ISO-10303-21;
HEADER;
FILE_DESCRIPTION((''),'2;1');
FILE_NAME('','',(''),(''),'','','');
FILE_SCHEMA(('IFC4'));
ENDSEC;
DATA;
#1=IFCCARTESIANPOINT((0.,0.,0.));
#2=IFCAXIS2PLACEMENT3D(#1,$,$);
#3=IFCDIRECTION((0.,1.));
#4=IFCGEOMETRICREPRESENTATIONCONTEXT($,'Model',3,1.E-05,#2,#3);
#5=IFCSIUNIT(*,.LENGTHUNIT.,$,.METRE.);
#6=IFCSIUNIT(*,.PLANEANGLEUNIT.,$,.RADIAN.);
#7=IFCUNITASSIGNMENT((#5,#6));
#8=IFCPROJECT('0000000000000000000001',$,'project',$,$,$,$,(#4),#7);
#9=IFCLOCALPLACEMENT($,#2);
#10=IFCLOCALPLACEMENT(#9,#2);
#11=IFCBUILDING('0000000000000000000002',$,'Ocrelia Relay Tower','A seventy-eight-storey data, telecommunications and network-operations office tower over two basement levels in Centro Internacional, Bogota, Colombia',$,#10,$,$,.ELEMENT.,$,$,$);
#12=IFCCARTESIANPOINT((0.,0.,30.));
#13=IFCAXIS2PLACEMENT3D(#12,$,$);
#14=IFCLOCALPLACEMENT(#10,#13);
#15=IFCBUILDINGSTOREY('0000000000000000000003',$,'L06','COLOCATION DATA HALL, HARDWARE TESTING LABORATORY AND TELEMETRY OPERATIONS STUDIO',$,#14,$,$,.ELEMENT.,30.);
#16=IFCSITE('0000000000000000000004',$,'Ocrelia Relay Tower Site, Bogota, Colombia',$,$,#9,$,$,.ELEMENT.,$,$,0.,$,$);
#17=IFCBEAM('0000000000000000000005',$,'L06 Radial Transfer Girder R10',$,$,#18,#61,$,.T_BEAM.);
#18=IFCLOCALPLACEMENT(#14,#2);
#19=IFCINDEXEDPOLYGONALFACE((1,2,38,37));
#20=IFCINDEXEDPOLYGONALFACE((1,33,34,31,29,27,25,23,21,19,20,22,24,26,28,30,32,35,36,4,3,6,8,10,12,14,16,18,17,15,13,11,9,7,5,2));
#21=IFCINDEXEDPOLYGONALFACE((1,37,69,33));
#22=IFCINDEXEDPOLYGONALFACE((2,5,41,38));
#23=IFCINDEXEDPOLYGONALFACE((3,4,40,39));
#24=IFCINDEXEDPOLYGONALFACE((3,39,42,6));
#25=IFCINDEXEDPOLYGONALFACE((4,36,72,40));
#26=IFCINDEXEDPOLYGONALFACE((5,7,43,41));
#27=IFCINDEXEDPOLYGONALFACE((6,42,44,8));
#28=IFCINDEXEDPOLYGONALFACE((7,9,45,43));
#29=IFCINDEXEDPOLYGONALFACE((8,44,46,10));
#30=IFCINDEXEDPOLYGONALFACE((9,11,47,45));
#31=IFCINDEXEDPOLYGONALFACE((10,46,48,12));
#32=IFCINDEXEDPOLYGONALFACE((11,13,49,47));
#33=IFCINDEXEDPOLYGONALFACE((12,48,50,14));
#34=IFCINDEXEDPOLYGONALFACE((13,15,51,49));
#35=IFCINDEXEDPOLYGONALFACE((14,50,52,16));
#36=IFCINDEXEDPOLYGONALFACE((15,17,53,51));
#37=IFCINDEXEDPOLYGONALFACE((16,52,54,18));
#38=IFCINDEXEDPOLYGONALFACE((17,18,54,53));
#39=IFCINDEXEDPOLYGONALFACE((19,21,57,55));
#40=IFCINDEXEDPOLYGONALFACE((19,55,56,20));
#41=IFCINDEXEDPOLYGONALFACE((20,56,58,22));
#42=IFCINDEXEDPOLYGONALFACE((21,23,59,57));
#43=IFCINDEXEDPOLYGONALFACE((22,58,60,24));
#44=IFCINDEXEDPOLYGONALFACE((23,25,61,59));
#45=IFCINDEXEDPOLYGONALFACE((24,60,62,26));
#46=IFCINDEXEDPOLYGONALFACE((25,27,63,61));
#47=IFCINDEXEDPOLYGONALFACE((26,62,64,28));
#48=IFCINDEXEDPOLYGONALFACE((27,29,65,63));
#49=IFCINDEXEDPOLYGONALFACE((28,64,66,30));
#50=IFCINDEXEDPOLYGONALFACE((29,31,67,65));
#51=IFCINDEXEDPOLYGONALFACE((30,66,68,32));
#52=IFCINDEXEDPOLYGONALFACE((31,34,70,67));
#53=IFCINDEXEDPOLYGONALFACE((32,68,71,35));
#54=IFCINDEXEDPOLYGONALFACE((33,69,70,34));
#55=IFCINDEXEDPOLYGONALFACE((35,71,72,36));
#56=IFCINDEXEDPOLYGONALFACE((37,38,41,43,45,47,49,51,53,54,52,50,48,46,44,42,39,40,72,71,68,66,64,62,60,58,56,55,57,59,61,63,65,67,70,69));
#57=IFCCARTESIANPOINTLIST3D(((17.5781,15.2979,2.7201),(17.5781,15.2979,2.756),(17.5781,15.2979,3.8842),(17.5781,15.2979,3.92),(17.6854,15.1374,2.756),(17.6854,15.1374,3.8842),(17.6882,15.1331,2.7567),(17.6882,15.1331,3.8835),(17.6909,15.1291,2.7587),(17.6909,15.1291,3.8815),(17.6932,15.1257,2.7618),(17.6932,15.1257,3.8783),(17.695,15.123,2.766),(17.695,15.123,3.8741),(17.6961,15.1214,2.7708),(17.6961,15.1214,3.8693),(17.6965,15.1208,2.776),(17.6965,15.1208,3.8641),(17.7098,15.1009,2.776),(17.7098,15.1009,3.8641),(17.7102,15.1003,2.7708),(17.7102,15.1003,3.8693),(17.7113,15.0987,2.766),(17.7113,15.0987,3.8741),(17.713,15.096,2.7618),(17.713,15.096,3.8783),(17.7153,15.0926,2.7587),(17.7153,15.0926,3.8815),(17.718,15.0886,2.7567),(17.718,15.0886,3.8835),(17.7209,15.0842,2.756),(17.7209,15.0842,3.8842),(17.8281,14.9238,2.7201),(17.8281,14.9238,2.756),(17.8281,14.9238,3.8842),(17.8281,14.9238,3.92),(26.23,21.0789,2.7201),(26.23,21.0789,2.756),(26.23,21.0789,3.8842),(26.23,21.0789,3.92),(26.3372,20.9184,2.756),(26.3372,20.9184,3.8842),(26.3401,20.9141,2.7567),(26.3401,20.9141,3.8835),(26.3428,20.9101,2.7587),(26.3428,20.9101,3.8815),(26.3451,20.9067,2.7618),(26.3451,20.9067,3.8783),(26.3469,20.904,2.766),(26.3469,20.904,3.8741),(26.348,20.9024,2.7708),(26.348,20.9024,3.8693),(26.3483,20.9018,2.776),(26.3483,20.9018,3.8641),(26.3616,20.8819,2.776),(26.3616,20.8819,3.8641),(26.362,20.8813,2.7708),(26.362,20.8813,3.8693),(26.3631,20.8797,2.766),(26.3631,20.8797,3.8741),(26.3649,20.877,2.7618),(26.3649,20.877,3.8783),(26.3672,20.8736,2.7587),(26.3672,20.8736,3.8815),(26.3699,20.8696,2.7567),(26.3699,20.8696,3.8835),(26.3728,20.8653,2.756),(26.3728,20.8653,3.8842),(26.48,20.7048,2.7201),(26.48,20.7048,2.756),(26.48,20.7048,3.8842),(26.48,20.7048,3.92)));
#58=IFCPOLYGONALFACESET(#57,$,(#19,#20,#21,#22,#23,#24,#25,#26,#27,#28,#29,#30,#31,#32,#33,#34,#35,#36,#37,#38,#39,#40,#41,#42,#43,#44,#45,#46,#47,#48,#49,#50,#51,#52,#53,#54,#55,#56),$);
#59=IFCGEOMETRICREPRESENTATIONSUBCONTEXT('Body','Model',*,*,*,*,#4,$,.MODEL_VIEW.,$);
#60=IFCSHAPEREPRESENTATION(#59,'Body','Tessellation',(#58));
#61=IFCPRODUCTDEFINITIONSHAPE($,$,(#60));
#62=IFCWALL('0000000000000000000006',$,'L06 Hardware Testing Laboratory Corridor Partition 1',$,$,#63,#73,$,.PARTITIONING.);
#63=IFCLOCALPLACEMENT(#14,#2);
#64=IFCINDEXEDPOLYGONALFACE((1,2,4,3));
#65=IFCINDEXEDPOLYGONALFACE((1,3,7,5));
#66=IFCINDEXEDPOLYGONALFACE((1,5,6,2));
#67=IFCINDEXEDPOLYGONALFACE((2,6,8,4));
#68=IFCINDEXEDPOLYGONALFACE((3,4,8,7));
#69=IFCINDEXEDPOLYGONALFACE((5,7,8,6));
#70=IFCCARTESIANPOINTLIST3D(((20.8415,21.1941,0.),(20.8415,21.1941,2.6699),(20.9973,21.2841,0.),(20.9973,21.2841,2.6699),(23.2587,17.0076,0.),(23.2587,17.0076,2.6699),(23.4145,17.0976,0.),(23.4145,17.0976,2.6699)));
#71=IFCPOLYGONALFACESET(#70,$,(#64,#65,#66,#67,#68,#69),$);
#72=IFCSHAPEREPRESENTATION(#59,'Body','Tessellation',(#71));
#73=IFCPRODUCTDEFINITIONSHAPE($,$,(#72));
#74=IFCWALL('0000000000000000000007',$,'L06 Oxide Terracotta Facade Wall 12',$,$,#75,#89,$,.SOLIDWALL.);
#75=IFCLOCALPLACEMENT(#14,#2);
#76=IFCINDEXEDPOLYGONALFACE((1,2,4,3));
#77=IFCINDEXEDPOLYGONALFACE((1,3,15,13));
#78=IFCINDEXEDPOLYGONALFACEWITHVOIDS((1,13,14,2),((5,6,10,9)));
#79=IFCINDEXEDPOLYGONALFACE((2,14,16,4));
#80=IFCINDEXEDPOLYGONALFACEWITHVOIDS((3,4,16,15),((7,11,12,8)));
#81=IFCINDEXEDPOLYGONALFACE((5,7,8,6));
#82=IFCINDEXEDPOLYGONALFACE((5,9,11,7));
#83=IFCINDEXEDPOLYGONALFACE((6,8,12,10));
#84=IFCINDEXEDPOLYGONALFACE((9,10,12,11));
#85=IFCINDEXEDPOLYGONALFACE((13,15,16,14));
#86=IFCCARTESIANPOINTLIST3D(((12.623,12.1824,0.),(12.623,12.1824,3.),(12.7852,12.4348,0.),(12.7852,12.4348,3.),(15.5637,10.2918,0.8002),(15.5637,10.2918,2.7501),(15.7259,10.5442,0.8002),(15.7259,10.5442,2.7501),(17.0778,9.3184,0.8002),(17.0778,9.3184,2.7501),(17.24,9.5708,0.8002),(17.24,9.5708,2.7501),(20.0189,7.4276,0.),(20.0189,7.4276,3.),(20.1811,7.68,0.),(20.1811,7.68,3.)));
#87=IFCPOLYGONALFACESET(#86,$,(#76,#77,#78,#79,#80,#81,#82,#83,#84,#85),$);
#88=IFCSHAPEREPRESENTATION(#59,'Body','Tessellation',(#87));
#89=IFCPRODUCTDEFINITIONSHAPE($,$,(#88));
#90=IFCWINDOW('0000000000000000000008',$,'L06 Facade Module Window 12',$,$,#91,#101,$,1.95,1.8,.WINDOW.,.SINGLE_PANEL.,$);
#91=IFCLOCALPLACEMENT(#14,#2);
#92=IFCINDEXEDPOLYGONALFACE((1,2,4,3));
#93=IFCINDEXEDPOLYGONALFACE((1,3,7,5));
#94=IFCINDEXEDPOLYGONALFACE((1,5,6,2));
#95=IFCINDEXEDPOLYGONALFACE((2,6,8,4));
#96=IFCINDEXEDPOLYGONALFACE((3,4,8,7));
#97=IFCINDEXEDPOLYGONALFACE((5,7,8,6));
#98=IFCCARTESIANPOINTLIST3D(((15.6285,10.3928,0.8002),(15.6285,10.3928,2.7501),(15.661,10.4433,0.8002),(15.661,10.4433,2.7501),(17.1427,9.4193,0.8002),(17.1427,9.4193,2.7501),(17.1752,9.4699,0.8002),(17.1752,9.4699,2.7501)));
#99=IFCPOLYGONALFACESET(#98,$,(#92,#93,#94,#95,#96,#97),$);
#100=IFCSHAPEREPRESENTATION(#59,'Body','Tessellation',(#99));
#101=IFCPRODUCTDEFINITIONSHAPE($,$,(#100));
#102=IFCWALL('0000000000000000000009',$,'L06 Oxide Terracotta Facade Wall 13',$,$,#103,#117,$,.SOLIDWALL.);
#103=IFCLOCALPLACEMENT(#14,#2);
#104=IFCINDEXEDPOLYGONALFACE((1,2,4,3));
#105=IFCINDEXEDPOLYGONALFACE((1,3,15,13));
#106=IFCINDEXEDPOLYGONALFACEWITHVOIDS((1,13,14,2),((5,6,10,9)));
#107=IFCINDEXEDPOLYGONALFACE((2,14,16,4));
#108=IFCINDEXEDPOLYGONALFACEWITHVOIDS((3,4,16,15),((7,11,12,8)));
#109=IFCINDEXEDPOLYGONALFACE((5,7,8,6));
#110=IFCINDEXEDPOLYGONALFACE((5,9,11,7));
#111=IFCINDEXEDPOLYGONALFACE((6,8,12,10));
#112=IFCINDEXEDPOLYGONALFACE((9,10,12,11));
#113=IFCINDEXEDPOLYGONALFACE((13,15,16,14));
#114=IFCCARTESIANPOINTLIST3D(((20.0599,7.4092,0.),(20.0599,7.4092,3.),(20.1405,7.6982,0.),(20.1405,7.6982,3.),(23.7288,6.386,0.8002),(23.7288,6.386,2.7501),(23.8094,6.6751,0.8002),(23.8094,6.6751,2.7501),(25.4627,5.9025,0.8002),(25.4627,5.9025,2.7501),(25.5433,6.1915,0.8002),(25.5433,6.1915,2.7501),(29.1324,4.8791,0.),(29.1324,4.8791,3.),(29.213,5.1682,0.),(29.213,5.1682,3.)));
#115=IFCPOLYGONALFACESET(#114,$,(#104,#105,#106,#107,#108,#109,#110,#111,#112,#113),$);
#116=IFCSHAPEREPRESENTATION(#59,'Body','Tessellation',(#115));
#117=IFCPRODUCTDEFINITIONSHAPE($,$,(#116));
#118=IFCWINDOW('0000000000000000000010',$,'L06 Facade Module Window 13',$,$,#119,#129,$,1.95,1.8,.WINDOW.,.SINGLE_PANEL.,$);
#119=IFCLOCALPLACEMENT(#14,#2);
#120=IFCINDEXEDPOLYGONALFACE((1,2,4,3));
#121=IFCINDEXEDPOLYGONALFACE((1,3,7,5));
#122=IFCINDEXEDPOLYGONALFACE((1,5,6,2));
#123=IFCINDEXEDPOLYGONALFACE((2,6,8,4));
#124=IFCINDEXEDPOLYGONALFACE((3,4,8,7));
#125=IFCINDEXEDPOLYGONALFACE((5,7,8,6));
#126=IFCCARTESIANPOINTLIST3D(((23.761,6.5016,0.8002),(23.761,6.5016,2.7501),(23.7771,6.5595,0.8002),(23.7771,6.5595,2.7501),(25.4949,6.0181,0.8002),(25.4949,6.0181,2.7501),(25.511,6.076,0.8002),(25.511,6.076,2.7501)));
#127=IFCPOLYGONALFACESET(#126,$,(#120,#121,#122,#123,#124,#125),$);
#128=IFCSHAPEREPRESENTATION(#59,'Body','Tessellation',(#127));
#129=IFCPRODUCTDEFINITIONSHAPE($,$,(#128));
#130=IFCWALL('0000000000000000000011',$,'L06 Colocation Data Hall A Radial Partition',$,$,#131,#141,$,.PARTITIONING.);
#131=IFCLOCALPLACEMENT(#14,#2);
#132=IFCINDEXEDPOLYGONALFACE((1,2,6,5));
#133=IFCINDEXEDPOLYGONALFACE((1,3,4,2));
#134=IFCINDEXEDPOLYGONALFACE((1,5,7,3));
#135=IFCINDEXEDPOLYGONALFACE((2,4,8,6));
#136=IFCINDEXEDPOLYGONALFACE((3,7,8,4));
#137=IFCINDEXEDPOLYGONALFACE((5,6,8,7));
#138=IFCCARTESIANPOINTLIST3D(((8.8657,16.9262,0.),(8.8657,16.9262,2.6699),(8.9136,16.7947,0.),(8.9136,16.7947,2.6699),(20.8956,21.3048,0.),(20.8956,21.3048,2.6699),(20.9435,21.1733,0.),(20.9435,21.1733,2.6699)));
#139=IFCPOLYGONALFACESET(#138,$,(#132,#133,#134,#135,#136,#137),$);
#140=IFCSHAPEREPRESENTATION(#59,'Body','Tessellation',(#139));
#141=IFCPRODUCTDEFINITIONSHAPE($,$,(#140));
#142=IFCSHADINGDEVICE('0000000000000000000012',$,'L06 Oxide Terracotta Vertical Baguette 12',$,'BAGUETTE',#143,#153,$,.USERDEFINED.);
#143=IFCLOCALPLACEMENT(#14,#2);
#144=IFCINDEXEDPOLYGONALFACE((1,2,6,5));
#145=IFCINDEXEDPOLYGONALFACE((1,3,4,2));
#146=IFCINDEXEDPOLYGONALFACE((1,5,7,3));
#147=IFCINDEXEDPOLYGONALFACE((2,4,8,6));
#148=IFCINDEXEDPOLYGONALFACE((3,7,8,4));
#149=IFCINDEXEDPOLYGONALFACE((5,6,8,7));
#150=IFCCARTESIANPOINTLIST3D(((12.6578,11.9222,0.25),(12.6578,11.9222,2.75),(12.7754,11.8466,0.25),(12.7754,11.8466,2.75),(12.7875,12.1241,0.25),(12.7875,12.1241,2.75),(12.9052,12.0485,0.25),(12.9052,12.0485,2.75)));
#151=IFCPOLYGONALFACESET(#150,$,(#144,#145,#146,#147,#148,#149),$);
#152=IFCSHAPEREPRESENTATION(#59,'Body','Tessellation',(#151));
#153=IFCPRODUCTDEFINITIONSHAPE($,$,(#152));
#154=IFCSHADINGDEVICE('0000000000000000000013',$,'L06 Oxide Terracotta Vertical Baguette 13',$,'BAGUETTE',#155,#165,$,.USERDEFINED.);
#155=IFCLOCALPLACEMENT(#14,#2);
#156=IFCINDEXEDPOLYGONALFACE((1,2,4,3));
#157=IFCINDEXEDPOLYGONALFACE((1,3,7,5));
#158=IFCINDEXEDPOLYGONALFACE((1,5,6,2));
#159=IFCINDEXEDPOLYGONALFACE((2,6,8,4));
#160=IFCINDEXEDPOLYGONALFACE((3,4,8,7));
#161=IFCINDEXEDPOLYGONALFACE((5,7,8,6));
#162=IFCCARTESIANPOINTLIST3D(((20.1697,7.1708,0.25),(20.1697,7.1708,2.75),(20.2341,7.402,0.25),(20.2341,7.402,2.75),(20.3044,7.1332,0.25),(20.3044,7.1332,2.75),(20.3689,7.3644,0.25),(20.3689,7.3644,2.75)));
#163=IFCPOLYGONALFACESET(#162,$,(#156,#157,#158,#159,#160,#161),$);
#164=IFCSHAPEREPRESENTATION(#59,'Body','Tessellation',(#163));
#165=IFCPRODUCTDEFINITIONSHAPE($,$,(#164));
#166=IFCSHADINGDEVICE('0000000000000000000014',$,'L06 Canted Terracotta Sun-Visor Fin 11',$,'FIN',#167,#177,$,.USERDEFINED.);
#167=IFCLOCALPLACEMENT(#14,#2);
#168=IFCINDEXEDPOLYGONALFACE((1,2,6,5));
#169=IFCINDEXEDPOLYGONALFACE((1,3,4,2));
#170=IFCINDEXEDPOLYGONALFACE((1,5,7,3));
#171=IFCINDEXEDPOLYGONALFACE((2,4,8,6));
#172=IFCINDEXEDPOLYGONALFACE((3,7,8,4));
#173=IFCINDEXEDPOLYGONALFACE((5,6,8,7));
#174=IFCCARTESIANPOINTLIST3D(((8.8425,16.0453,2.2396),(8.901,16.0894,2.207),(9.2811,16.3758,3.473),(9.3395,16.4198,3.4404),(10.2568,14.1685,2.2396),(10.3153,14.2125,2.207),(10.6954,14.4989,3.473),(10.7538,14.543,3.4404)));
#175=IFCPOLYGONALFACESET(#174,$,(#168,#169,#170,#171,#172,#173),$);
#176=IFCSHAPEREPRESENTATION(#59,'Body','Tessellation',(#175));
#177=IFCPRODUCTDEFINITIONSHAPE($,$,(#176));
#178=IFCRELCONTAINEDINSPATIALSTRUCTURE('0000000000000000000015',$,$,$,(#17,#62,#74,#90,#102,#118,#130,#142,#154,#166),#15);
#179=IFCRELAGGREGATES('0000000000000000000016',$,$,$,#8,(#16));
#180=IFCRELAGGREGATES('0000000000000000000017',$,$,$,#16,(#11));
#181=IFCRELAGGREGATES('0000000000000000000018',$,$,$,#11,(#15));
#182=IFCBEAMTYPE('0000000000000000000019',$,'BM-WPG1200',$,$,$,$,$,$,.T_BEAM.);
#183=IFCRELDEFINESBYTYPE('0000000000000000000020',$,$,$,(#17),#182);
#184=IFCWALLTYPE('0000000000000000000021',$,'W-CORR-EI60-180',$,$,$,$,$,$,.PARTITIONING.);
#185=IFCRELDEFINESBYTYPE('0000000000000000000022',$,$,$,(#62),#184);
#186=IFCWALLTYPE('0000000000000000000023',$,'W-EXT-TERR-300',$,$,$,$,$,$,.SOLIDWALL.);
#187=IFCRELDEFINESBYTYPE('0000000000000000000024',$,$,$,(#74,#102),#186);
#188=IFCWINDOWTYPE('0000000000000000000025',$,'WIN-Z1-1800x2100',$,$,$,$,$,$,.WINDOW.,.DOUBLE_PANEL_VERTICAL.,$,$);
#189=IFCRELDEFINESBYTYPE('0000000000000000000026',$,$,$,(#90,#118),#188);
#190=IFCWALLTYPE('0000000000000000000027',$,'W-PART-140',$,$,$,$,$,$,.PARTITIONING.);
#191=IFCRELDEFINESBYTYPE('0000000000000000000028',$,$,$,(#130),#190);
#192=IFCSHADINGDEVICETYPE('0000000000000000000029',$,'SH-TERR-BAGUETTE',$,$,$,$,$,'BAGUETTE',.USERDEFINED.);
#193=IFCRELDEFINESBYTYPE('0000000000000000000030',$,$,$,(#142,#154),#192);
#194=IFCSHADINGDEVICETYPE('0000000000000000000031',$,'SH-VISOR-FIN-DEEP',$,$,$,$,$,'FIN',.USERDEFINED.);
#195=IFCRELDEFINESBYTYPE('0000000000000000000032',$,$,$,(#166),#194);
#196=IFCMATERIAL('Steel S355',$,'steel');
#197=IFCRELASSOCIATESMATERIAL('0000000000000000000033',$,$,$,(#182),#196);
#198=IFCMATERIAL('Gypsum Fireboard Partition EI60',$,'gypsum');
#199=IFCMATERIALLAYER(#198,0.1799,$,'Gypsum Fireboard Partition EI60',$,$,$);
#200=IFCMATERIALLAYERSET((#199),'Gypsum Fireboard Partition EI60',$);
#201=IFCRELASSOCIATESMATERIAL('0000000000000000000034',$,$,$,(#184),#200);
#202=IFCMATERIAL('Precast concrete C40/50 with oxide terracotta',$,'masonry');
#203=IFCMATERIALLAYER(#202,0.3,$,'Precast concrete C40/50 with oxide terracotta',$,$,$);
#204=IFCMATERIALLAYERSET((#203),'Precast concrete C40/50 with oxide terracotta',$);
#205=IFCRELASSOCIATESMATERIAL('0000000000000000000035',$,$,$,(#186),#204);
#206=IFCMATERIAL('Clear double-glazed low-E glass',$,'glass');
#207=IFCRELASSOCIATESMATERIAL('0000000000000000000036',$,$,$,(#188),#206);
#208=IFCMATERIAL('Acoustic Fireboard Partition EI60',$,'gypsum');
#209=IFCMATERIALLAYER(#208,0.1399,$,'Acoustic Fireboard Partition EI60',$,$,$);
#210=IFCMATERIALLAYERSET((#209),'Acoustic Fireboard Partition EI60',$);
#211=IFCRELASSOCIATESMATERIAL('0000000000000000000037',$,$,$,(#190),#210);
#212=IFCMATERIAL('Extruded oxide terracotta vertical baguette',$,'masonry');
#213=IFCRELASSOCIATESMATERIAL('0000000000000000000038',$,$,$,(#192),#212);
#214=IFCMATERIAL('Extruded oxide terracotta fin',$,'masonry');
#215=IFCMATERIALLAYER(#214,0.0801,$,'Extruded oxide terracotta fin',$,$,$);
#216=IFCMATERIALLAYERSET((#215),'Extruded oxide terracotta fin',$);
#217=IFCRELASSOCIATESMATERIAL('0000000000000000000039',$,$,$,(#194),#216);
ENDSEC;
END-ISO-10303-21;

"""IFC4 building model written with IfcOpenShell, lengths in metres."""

from ifc_helpers import new_model, si_unit, direction, frame, frame_2d, origin, origin_2d, place, context, subcontext, project, spatial, rectangle, i_section, extrude, material, layer, layer_set, material_profile, profile_set, type_object, element, fill, save


model = new_model("IFC4")

# Units and contexts
model_context = context("Model", 3, precision=1e-05, world=origin(), true_north=direction((0.0, 1.0)))
body_context = subcontext(model_context, "Body", "Model", "MODEL_VIEW")
ifc_project = project(units=[si_unit("LENGTHUNIT", "METRE"), si_unit("PLANEANGLEUNIT", "RADIAN")], contexts=[model_context])

# Site, building, storey
site_placement = place(None, origin())
site = spatial("IfcSite", under=ifc_project, at=site_placement, Name="Ocrelia Relay Tower Site, Bogota, Colombia", CompositionType="ELEMENT", RefElevation=0.0)
building_placement = place(site_placement, origin())
building = spatial("IfcBuilding", under=site, at=building_placement, Name="Ocrelia Relay Tower", Description="A seventy-eight-storey data, telecommunications and network-operations office tower over two basement levels in Centro Internacional, Bogota, Colombia", CompositionType="ELEMENT")
storey_placement = place(building_placement, frame((0.0, 0.0, 30.0)))
storey = spatial("IfcBuildingStorey", under=building, at=storey_placement, Name="L06", Description="COLOCATION DATA HALL, HARDWARE TESTING LABORATORY AND TELEMETRY OPERATIONS STUDIO", CompositionType="ELEMENT", Elevation=30.0)

# Beam
ifc_material_1 = material(Name="Steel S355", Category="steel")
ifc_material_profile_1 = material_profile(ifc_material_1, i_section(OverallWidth=0.45, OverallDepth=1.2, WebThickness=0.0239, FlangeThickness=0.0359, FilletRadius=0.02, at=origin_2d()), Name="WPG 1200x450")
ifc_profile_set_1 = profile_set([ifc_material_profile_1], Name="Steel S355")
beam_type_1 = type_object("IfcBeamType", Name="BM-WPG1200", PredefinedType="T_BEAM", material=ifc_profile_set_1)
beam_1_placement = place(storey_placement, frame((17.7031, 15.1108, 3.3201), z_axis=(0.831469, 0.555572, 0.0), x_axis=(-0.555572, 0.831469, 0.0)))
element("IfcBeam", 1, at=beam_1_placement, inside=storey, type_object=beam_type_1, Name="L06 Radial Transfer Girder R10", PredefinedType="T_BEAM", context=body_context, shape_type="SweptSolid", body=[
    extrude(i_section(OverallWidth=0.45, OverallDepth=1.2, WebThickness=0.0239, FlangeThickness=0.0359, FilletRadius=0.02, at=origin_2d()), origin(), (0.0, 0.0, 1.0), 10.4055),
])

# Wall
ifc_material_2 = material(Name="Gypsum Fireboard Partition EI60", Category="gypsum")
ifc_layer_1 = layer(ifc_material_2, 0.1799, Name="Gypsum Fireboard Partition EI60")
ifc_layer_set_1 = layer_set([ifc_layer_1], Name="Gypsum Fireboard Partition EI60")
wall_type_1 = type_object("IfcWallType", Name="W-CORR-EI60-180", PredefinedType="PARTITIONING", material=ifc_layer_set_1)
wall_1_placement = place(storey_placement, frame((20.9194, 21.239, 0.0), z_axis=(0.0, 0.0, 1.0), x_axis=(0.500023, -0.866012, 0.0)))
element("IfcWall", 2, at=wall_1_placement, inside=storey, type_object=wall_type_1, Name="L06 Hardware Testing Laboratory Corridor Partition 1", PredefinedType="PARTITIONING", context=body_context, shape_type="SweptSolid", body=[
    extrude(rectangle(XDim=4.8342, YDim=0.1799, at=frame_2d((2.417, 0.0))), origin(), (0.0, 0.0, 1.0), 2.6699),
])

# Walls, openings, windows
ifc_material_3 = material(Name="Precast concrete C40/50 with oxide terracotta", Category="masonry")
ifc_layer_2 = layer(ifc_material_3, 0.3, Name="Precast concrete C40/50 with oxide terracotta")
ifc_layer_set_2 = layer_set([ifc_layer_2], Name="Precast concrete C40/50 with oxide terracotta")
wall_type_2 = type_object("IfcWallType", Name="W-EXT-TERR-300", PredefinedType="SOLIDWALL", material=ifc_layer_set_2)
wall_2_placement = place(storey_placement, frame((12.7041, 12.3086, 0.0), z_axis=(0.0, 0.0, 1.0), x_axis=(0.841162, -0.540783, 0.0)))
wall_2 = element("IfcWall", 3, at=wall_2_placement, inside=storey, type_object=wall_type_2, Name="L06 Oxide Terracotta Facade Wall 12", PredefinedType="SOLIDWALL", context=body_context, shape_type="SweptSolid", body=[
    extrude(rectangle(XDim=8.7925, YDim=0.3, at=frame_2d((4.3962, 0.0))), origin(), (0.0, 0.0, 1.0), 3.0),
])
opening_1_placement = place(wall_2_placement, frame((3.4961, 0.0, 0.8)))
opening_1 = element("IfcOpeningElement", 4, at=opening_1_placement, cuts=wall_2, PredefinedType="OPENING", context=body_context, shape_type="SweptSolid", body=[
    extrude(rectangle(XDim=1.8, YDim=1.95, at=frame_2d((0.8999, 0.9751))), frame((0.0, 0.1602, 0.0), z_axis=(0.0, -1.0, 0.0), x_axis=(1.0, 0.0, 0.0)), (0.0, 0.0, 1.0), 0.3201),
])
ifc_material_4 = material(Name="Clear double-glazed low-E glass", Category="glass")
window_type = type_object("IfcWindowType", Name="WIN-Z1-1800x2100", PartitioningType="DOUBLE_PANEL_VERTICAL", PredefinedType="WINDOW", material=ifc_material_4)
window_1_placement = place(opening_1_placement, origin())
window_1 = element("IfcWindow", 5, at=window_1_placement, inside=storey, type_object=window_type, Name="L06 Facade Module Window 12", OverallHeight=1.95, OverallWidth=1.8, PartitioningType="SINGLE_PANEL", PredefinedType="WINDOW", context=body_context, shape_type="SweptSolid", body=[
    extrude(rectangle(XDim=1.8, YDim=1.95, at=frame_2d((0.8999, 0.9751))), frame((0.0, 0.03, 0.0), z_axis=(0.0, -1.0, 0.0), x_axis=(1.0, 0.0, 0.0)), (0.0, 0.0, 1.0), 0.0601),
])
fill(opening_1, window_1)
wall_3_placement = place(storey_placement, frame((20.1001, 7.5537, 0.0), z_axis=(0.0, 0.0, 1.0), x_axis=(0.963247, -0.268618, 0.0)))
wall_3 = element("IfcWall", 6, at=wall_3_placement, inside=storey, type_object=wall_type_2, Name="L06 Oxide Terracotta Facade Wall 13", PredefinedType="SOLIDWALL", context=body_context, shape_type="SweptSolid", body=[
    extrude(rectangle(XDim=9.4187, YDim=0.3, at=frame_2d((4.7095, 0.0))), origin(), (0.0, 0.0, 1.0), 3.0),
])
opening_2_placement = place(wall_3_placement, frame((3.8091, 0.0, 0.8)))
opening_2 = element("IfcOpeningElement", 7, at=opening_2_placement, cuts=wall_3, PredefinedType="OPENING", context=body_context, shape_type="SweptSolid", body=[
    extrude(rectangle(XDim=1.8, YDim=1.95, at=frame_2d((0.8999, 0.9751))), frame((0.0, 0.1602, 0.0), z_axis=(0.0, -1.0, 0.0), x_axis=(1.0, 0.0, 0.0)), (0.0, 0.0, 1.0), 0.3201),
])
window_2_placement = place(opening_2_placement, origin())
window_2 = element("IfcWindow", 8, at=window_2_placement, inside=storey, type_object=window_type, Name="L06 Facade Module Window 13", OverallHeight=1.95, OverallWidth=1.8, PartitioningType="SINGLE_PANEL", PredefinedType="WINDOW", context=body_context, shape_type="SweptSolid", body=[
    extrude(rectangle(XDim=1.8, YDim=1.95, at=frame_2d((0.8999, 0.9751))), frame((0.0, 0.03, 0.0), z_axis=(0.0, -1.0, 0.0), x_axis=(1.0, 0.0, 0.0)), (0.0, 0.0, 1.0), 0.0601),
])
fill(opening_2, window_2)

# Wall
ifc_material_5 = material(Name="Acoustic Fireboard Partition EI60", Category="gypsum")
ifc_layer_3 = layer(ifc_material_5, 0.1399, Name="Acoustic Fireboard Partition EI60")
ifc_layer_set_3 = layer_set([ifc_layer_3], Name="Acoustic Fireboard Partition EI60")
wall_type_3 = type_object("IfcWallType", Name="W-PART-140", PredefinedType="PARTITIONING", material=ifc_layer_set_3)
wall_4_placement = place(storey_placement, frame((20.9194, 21.239, 0.0), z_axis=(0.0, 0.0, 1.0), x_axis=(-0.93969, -0.342026, 0.0)))
element("IfcWall", 9, at=wall_4_placement, inside=storey, type_object=wall_type_3, Name="L06 Colocation Data Hall A Radial Partition", PredefinedType="PARTITIONING", context=body_context, shape_type="SweptSolid", body=[
    extrude(rectangle(XDim=12.802, YDim=0.1399, at=frame_2d((6.4009, 0.0))), origin(), (0.0, 0.0, 1.0), 2.6699),
])

# Shading devices
ifc_material_6 = material(Name="Extruded oxide terracotta vertical baguette", Category="masonry")
shading_device_type_1 = type_object("IfcShadingDeviceType", Name="SH-TERR-BAGUETTE", ElementType="BAGUETTE", PredefinedType="USERDEFINED", material=ifc_material_6)
for number, where, z_axis, x_axis, name in (
    (10, (12.7815, 11.9854, 0.25), (0.0, 0.0, 1.0), (0.841161, -0.540784, 0.0), "L06 Oxide Terracotta Vertical Baguette 12"),
    (11, (20.2693, 7.2676, 0.25), (0.0, 0.0, 1.0), (0.963245, -0.268623, 0.0), "L06 Oxide Terracotta Vertical Baguette 13"),
):
    element("IfcShadingDevice", number, at=place(storey_placement, frame(where, z_axis=z_axis, x_axis=x_axis)), inside=storey, type_object=shading_device_type_1, Name=name, ObjectType="BAGUETTE", PredefinedType="USERDEFINED", context=body_context, shape_type="SweptSolid", body=[
        extrude(rectangle(XDim=0.1399, YDim=0.24, at=origin_2d()), origin(), (0.0, 0.0, 1.0), 2.5),
    ])
ifc_material_7 = material(Name="Extruded oxide terracotta fin", Category="masonry")
ifc_layer_4 = layer(ifc_material_7, 0.0801, Name="Extruded oxide terracotta fin")
ifc_layer_set_4 = layer_set([ifc_layer_4], Name="Extruded oxide terracotta fin")
shading_device_type_2 = type_object("IfcShadingDeviceType", Name="SH-VISOR-FIN-DEEP", ElementType="FIN", PredefinedType="USERDEFINED", material=ifc_layer_set_4)
shading_device_1_placement = place(storey_placement, frame((9.8274, 15.3162, 2.8237), z_axis=(-0.729594, -0.54978, 0.406737), x_axis=(0.60181, -0.79864, 0.0)))
element("IfcShadingDevice", 12, at=shading_device_1_placement, inside=storey, type_object=shading_device_type_2, Name="L06 Canted Terracotta Sun-Visor Fin 11", ObjectType="FIN", PredefinedType="USERDEFINED", context=body_context, shape_type="SweptSolid", body=[
    extrude(rectangle(XDim=2.3501, YDim=1.3501, at=origin_2d()), origin(), (0.0, 0.0, 1.0), 0.0801),
])

save(model, "model.ifc")
